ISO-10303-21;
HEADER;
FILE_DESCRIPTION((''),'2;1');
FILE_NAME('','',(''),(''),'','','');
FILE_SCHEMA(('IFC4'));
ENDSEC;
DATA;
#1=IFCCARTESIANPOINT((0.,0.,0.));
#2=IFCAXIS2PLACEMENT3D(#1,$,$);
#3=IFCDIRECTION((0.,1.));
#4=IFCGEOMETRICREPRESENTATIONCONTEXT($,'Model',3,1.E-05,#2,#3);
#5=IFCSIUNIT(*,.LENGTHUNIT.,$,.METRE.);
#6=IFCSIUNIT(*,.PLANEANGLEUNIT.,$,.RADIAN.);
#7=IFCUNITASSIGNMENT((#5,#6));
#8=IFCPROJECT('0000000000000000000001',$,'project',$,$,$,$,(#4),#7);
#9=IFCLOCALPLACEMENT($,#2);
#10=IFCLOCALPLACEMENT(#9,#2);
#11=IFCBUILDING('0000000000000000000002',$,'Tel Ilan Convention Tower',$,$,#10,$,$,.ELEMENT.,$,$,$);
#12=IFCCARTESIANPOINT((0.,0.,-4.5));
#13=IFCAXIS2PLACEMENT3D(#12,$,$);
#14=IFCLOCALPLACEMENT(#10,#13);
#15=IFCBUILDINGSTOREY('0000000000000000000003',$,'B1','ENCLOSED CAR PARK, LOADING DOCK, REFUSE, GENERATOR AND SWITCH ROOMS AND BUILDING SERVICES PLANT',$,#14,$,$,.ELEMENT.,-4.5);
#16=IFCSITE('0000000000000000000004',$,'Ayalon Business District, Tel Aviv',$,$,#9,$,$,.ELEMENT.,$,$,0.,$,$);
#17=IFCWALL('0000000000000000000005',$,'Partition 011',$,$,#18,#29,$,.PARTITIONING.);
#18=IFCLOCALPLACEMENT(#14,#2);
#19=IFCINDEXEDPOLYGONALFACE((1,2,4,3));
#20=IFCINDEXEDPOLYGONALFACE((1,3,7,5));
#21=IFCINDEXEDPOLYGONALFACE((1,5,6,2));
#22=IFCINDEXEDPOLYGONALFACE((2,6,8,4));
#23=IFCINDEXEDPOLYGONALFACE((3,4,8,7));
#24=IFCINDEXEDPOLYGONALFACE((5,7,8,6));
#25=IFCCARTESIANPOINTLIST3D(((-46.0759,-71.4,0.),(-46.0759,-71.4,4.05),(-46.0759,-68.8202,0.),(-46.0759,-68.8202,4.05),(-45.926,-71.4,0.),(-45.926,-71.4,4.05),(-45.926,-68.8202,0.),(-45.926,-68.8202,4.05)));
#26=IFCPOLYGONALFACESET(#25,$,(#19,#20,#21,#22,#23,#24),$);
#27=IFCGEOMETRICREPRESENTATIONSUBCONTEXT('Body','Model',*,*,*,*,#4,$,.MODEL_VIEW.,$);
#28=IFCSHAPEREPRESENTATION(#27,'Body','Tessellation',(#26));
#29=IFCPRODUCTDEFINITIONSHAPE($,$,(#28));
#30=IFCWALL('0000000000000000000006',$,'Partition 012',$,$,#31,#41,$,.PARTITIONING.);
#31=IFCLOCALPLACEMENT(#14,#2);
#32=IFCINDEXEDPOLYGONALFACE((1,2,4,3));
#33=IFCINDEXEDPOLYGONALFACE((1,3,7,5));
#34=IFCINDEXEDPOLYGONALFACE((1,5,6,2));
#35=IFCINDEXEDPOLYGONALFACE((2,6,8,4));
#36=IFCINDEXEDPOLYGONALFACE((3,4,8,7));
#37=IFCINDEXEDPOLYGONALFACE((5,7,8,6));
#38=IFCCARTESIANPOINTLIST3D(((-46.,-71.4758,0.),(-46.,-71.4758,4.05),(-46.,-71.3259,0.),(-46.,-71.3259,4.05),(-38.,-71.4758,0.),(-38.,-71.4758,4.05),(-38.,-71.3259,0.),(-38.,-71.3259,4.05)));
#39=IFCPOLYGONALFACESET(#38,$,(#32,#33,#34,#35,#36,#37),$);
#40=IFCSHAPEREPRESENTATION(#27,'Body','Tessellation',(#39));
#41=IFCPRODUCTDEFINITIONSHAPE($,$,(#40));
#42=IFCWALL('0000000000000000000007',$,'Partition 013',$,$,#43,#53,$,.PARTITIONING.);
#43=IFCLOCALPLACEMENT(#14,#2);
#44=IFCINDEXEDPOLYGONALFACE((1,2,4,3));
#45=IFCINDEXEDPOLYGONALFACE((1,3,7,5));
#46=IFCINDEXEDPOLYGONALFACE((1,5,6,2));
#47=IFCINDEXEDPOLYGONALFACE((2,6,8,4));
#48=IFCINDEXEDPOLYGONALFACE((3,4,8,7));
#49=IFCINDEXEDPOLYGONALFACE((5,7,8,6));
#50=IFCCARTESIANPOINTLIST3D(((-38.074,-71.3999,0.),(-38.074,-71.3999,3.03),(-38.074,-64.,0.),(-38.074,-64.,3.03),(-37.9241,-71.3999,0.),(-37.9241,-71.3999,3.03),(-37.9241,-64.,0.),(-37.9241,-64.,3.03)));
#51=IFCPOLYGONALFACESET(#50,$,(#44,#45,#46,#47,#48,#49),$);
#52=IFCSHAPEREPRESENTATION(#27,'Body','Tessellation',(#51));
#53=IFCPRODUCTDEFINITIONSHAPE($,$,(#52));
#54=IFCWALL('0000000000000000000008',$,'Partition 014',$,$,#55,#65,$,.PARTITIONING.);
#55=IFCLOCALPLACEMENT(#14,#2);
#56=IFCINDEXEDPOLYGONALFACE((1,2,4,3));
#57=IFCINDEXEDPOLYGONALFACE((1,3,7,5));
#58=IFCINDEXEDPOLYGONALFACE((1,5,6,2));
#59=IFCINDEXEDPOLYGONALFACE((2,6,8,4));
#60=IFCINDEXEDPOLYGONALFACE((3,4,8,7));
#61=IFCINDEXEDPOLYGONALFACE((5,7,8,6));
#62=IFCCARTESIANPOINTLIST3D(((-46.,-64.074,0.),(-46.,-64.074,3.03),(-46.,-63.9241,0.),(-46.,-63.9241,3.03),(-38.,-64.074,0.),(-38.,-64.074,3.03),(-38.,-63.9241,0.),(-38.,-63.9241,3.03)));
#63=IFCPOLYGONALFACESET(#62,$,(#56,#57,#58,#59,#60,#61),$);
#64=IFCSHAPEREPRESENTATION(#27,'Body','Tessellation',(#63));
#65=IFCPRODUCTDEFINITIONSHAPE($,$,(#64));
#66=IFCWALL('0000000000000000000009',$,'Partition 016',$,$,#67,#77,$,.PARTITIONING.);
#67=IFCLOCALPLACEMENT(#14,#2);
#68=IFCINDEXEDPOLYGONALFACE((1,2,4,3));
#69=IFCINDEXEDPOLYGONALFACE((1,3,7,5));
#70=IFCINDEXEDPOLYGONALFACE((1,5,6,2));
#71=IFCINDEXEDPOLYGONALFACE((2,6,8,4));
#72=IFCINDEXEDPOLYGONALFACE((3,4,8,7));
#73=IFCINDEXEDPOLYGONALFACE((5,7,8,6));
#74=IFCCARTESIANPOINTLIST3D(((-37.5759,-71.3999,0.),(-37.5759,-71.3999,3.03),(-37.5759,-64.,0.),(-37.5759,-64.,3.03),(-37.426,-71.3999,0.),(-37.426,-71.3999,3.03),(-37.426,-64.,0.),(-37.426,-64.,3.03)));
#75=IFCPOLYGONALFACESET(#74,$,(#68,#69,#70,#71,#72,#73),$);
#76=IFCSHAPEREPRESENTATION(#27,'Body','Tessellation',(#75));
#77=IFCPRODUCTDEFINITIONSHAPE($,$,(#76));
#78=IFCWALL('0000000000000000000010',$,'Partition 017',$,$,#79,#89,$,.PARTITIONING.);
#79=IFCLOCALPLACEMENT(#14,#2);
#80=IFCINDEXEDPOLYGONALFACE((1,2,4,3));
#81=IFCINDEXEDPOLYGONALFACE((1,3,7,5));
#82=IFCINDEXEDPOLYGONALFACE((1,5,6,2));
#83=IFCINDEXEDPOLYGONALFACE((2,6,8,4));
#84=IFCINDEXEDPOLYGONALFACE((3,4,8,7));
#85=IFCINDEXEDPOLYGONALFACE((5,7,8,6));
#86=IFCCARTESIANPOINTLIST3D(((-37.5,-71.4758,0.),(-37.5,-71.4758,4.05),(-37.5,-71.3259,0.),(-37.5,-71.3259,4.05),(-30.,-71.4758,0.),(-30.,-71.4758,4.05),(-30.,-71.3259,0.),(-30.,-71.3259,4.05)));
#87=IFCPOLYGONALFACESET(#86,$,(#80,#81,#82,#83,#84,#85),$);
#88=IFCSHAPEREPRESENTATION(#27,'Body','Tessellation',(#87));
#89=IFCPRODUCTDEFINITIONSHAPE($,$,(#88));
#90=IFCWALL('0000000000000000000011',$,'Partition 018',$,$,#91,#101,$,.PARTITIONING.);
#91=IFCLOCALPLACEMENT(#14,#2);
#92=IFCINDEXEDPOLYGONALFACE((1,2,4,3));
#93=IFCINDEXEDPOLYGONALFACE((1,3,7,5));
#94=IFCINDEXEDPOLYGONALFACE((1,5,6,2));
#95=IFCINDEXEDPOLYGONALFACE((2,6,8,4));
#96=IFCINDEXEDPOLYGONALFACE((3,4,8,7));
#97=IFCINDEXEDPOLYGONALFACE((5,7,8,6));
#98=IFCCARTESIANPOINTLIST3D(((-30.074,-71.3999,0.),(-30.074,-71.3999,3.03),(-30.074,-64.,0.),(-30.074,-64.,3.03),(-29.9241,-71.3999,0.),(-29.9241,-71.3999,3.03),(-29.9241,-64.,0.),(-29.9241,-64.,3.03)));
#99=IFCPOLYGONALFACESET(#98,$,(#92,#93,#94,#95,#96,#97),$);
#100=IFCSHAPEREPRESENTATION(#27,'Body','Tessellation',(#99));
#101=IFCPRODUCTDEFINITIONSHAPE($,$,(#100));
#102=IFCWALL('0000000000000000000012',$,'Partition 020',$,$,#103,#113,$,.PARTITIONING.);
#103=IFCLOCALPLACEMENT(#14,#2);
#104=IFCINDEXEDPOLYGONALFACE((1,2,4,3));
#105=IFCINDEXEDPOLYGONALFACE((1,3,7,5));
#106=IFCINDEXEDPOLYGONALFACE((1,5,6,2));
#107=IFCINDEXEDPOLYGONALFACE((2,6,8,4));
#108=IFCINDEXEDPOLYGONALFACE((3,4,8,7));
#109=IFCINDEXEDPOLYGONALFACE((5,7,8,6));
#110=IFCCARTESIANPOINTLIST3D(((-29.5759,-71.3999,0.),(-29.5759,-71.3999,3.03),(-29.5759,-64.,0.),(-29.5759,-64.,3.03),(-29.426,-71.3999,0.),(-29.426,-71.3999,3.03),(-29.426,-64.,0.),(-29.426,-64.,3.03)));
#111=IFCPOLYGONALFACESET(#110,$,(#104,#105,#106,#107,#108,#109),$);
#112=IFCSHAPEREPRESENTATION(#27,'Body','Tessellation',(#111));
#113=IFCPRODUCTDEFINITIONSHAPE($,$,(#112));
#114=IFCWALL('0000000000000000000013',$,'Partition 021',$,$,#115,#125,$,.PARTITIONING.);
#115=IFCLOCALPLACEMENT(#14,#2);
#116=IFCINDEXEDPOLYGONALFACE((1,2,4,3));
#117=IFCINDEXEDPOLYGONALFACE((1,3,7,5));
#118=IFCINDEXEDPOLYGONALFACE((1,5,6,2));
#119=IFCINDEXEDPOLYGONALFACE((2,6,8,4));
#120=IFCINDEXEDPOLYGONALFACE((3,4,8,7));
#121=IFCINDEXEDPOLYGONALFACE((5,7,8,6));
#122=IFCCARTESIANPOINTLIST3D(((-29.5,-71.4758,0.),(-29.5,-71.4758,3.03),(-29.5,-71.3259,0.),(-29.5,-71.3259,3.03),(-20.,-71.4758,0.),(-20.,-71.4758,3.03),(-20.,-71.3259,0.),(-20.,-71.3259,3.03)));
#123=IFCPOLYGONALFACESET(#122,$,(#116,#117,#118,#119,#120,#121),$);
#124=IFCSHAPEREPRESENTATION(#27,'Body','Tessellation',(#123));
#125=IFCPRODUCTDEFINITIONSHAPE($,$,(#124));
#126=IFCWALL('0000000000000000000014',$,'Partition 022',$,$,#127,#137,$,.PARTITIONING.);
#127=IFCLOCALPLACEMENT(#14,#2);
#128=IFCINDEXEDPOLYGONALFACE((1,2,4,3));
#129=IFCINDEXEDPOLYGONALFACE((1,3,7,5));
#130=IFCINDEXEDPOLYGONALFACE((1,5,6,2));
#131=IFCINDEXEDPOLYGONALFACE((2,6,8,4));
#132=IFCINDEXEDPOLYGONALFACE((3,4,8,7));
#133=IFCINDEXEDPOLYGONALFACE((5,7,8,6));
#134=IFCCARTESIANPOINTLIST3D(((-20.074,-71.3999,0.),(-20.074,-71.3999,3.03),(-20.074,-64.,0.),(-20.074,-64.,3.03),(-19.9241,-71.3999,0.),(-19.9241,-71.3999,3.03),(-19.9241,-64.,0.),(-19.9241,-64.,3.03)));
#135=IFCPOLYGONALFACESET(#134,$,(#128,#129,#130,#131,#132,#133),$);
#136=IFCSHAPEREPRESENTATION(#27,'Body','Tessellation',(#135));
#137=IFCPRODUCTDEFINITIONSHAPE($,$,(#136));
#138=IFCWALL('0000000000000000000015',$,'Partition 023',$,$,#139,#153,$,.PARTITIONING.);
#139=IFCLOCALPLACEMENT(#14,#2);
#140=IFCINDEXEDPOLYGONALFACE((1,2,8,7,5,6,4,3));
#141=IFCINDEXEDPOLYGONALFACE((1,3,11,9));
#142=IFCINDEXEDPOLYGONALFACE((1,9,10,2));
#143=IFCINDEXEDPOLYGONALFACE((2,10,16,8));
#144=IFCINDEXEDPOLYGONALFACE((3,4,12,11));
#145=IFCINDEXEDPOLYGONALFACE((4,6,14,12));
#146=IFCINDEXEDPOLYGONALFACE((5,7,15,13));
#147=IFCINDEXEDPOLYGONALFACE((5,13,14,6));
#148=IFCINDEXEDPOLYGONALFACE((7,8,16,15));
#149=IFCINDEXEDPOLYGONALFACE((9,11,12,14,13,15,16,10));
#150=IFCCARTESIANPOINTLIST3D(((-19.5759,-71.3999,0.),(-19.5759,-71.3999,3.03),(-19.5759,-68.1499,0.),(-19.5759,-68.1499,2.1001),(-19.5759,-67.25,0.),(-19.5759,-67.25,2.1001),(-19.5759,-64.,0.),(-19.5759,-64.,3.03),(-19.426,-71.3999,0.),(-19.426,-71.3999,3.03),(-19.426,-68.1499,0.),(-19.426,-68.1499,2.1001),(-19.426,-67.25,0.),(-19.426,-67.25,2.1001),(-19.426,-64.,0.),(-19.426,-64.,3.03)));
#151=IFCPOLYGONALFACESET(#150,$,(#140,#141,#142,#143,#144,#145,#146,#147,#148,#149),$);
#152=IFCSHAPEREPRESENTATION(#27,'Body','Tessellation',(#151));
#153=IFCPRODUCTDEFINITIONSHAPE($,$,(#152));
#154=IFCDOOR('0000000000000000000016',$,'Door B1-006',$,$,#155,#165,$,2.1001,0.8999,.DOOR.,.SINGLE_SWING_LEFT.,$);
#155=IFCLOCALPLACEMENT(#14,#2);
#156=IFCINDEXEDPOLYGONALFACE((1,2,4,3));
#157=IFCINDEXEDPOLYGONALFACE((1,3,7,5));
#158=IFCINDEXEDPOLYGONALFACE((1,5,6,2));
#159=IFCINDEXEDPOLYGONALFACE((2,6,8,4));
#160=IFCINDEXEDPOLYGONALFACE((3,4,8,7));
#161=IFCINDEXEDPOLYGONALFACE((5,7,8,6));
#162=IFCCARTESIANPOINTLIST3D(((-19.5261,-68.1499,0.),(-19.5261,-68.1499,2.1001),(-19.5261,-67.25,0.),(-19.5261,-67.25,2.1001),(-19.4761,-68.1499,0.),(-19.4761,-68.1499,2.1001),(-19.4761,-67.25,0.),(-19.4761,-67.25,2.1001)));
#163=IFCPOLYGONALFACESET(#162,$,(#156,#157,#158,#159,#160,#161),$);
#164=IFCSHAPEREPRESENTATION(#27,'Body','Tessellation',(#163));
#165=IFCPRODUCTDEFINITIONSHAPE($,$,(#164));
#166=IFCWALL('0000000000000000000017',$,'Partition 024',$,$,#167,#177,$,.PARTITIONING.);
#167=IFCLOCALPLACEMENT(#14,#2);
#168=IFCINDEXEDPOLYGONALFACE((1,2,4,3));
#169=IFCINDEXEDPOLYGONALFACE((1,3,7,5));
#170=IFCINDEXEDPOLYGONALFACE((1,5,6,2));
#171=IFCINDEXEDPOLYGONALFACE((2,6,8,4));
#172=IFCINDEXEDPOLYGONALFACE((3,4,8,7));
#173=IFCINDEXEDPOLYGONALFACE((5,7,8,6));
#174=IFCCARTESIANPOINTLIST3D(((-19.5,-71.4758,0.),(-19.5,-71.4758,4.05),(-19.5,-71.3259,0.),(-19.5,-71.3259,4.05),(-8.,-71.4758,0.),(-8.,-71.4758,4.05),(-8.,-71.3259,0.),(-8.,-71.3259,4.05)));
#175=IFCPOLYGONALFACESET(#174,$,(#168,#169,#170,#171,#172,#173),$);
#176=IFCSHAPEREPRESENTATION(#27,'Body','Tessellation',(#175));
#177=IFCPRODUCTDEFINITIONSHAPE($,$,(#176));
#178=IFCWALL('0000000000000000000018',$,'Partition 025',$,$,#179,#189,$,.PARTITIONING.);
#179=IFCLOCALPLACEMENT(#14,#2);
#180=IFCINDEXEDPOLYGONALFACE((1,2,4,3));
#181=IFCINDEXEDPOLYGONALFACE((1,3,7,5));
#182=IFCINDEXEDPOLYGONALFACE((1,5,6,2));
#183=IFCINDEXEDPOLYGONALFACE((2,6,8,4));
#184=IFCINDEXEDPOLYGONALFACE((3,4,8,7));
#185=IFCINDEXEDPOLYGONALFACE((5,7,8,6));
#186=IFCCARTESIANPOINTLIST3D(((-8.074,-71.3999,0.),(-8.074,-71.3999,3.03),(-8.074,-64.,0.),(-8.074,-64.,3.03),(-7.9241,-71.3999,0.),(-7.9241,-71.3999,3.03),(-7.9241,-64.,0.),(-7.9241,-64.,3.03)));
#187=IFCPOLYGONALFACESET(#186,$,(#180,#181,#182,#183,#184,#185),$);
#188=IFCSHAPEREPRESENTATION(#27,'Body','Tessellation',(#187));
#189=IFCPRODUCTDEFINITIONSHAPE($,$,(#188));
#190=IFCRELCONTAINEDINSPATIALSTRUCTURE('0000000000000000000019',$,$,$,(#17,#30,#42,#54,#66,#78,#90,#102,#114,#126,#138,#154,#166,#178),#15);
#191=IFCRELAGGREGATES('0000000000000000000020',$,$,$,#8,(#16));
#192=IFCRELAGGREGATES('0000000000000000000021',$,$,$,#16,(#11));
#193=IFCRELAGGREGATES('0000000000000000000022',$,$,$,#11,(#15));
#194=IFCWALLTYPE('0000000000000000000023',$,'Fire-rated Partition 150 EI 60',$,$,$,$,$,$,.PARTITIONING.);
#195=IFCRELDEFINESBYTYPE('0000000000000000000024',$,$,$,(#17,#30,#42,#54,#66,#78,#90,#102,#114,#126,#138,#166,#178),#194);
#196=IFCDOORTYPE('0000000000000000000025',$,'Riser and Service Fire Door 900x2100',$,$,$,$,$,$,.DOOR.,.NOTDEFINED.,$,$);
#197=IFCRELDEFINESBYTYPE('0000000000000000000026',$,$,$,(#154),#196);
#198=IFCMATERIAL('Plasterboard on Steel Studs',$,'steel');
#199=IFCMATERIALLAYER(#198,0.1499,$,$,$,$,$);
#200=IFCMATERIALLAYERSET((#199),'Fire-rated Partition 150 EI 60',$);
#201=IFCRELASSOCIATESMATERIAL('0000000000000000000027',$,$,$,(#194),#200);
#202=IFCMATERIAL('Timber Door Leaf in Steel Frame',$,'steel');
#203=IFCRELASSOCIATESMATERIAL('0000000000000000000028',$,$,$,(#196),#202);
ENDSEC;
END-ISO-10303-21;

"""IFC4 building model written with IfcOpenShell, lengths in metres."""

from ifc_helpers import new_model, si_unit, direction, frame, frame_2d, origin, place, context, subcontext, project, spatial, rectangle, extrude, material, layer, layer_set, type_object, element, fill, save


model = new_model("IFC4")

# Units and contexts
model_context = context("Model", 3, precision=1e-05, world=origin(), true_north=direction((0.0, 1.0)))
body_context = subcontext(model_context, "Body", "Model", "MODEL_VIEW")
ifc_project = project(units=[si_unit("LENGTHUNIT", "METRE"), si_unit("PLANEANGLEUNIT", "RADIAN")], contexts=[model_context])

# Site, building, storey
site_placement = place(None, origin())
site = spatial("IfcSite", under=ifc_project, at=site_placement, Name="Ayalon Business District, Tel Aviv", CompositionType="ELEMENT", RefElevation=0.0)
building_placement = place(site_placement, origin())
building = spatial("IfcBuilding", under=site, at=building_placement, Name="Tel Ilan Convention Tower", CompositionType="ELEMENT")
storey_placement = place(building_placement, frame((0.0, 0.0, -4.5)))
storey = spatial("IfcBuildingStorey", under=building, at=storey_placement, Name="B1", Description="ENCLOSED CAR PARK, LOADING DOCK, REFUSE, GENERATOR AND SWITCH ROOMS AND BUILDING SERVICES PLANT", CompositionType="ELEMENT", Elevation=-4.5)

# Shared definitions
ifc_material_1 = material(Name="Plasterboard on Steel Studs", Category="steel")
ifc_layer_1 = layer(ifc_material_1, 0.1499)
ifc_layer_set_1 = layer_set([ifc_layer_1], Name="Fire-rated Partition 150 EI 60")
wall_type_1 = type_object("IfcWallType", Name="Fire-rated Partition 150 EI 60", PredefinedType="PARTITIONING", material=ifc_layer_set_1)

# Walls
wall_1_placement = place(storey_placement, frame((-46.001, -68.8201, 0.0), z_axis=(0.0, 0.0, 1.0), x_axis=(0.0, -1.0, 0.0)))
element("IfcWall", 1, at=wall_1_placement, inside=storey, type_object=wall_type_1, Name="Partition 011", PredefinedType="PARTITIONING", context=body_context, shape_type="SweptSolid", body=[
    extrude(rectangle(XDim=2.5798, YDim=0.1499, at=frame_2d((1.29, 0.0))), origin(), (0.0, 0.0, 1.0), 4.05),
])
wall_2_placement = place(storey_placement, frame((-46.0, -71.4009, 0.0), z_axis=(0.0, 0.0, 1.0), x_axis=(1.0, 0.0, 0.0)))
element("IfcWall", 2, at=wall_2_placement, inside=storey, type_object=wall_type_1, Name="Partition 012", PredefinedType="PARTITIONING", context=body_context, shape_type="SweptSolid", body=[
    extrude(rectangle(XDim=8.0, YDim=0.1499, at=frame_2d((4.0, 0.0))), origin(), (0.0, 0.0, 1.0), 4.05),
])
wall_3_placement = place(storey_placement, frame((-37.999, -71.3999, 0.0), z_axis=(0.0, 0.0, 1.0), x_axis=(0.0, 1.0, 0.0)))
element("IfcWall", 3, at=wall_3_placement, inside=storey, type_object=wall_type_1, Name="Partition 013", PredefinedType="PARTITIONING", context=body_context, shape_type="SweptSolid", body=[
    extrude(rectangle(XDim=7.3999, YDim=0.1499, at=frame_2d((3.7, 0.0))), origin(), (0.0, 0.0, 1.0), 3.03),
])
wall_4_placement = place(storey_placement, frame((-38.0, -63.999, 0.0), z_axis=(0.0, 0.0, 1.0), x_axis=(-1.0, 0.0, 0.0)))
element("IfcWall", 4, at=wall_4_placement, inside=storey, type_object=wall_type_1, Name="Partition 014", PredefinedType="PARTITIONING", context=body_context, shape_type="SweptSolid", body=[
    extrude(rectangle(XDim=8.0, YDim=0.1499, at=frame_2d((4.0, 0.0))), origin(), (0.0, 0.0, 1.0), 3.03),
])
wall_5_placement = place(storey_placement, frame((-37.501, -64.0, 0.0), z_axis=(0.0, 0.0, 1.0), x_axis=(0.0, -1.0, 0.0)))
element("IfcWall", 5, at=wall_5_placement, inside=storey, type_object=wall_type_1, Name="Partition 016", PredefinedType="PARTITIONING", context=body_context, shape_type="SweptSolid", body=[
    extrude(rectangle(XDim=7.3999, YDim=0.1499, at=frame_2d((3.7, 0.0))), origin(), (0.0, 0.0, 1.0), 3.03),
])
wall_6_placement = place(storey_placement, frame((-37.5, -71.4009, 0.0), z_axis=(0.0, 0.0, 1.0), x_axis=(1.0, 0.0, 0.0)))
element("IfcWall", 6, at=wall_6_placement, inside=storey, type_object=wall_type_1, Name="Partition 017", PredefinedType="PARTITIONING", context=body_context, shape_type="SweptSolid", body=[
    extrude(rectangle(XDim=7.5, YDim=0.1499, at=frame_2d((3.75, 0.0))), origin(), (0.0, 0.0, 1.0), 4.05),
])
for number, where, z_axis, x_axis, name in (
    (7, (-29.999, -71.3999, 0.0), (0.0, 0.0, 1.0), (0.0, 1.0, 0.0), "Partition 018"),
    (8, (-29.501, -64.0, 0.0), (0.0, 0.0, 1.0), (0.0, -1.0, 0.0), "Partition 020"),
):
    element("IfcWall", number, at=place(storey_placement, frame(where, z_axis=z_axis, x_axis=x_axis)), inside=storey, type_object=wall_type_1, Name=name, PredefinedType="PARTITIONING", context=body_context, shape_type="SweptSolid", body=[
        extrude(rectangle(XDim=7.3999, YDim=0.1499, at=frame_2d((3.7, 0.0))), origin(), (0.0, 0.0, 1.0), 3.03),
    ])
wall_7_placement = place(storey_placement, frame((-29.5, -71.4009, 0.0), z_axis=(0.0, 0.0, 1.0), x_axis=(1.0, 0.0, 0.0)))
element("IfcWall", 9, at=wall_7_placement, inside=storey, type_object=wall_type_1, Name="Partition 021", PredefinedType="PARTITIONING", context=body_context, shape_type="SweptSolid", body=[
    extrude(rectangle(XDim=9.5, YDim=0.1499, at=frame_2d((4.75, 0.0))), origin(), (0.0, 0.0, 1.0), 3.03),
])
wall_8_placement = place(storey_placement, frame((-19.999, -71.3999, 0.0), z_axis=(0.0, 0.0, 1.0), x_axis=(0.0, 1.0, 0.0)))
element("IfcWall", 10, at=wall_8_placement, inside=storey, type_object=wall_type_1, Name="Partition 022", PredefinedType="PARTITIONING", context=body_context, shape_type="SweptSolid", body=[
    extrude(rectangle(XDim=7.3999, YDim=0.1499, at=frame_2d((3.7, 0.0))), origin(), (0.0, 0.0, 1.0), 3.03),
])

# Wall, opening, door
wall_9_placement = place(storey_placement, frame((-19.501, -64.0, 0.0), z_axis=(0.0, 0.0, 1.0), x_axis=(0.0, -1.0, 0.0)))
wall_9 = element("IfcWall", 11, at=wall_9_placement, inside=storey, type_object=wall_type_1, Name="Partition 023", PredefinedType="PARTITIONING", context=body_context, shape_type="SweptSolid", body=[
    extrude(rectangle(XDim=7.3999, YDim=0.1499, at=frame_2d((3.7, 0.0))), origin(), (0.0, 0.0, 1.0), 3.03),
])
opening_1_placement = place(wall_9_placement, frame((3.25, 0.0, 0.0)))
opening_1 = element("IfcOpeningElement", 12, at=opening_1_placement, cuts=wall_9, PredefinedType="OPENING", context=body_context, shape_type="SweptSolid", body=[
    extrude(rectangle(XDim=0.8999, YDim=2.1001, at=frame_2d((0.45, 1.05))), frame((0.0, 0.085, 0.0), z_axis=(0.0, -1.0, 0.0), x_axis=(1.0, 0.0, 0.0)), (0.0, 0.0, 1.0), 0.1699),
])
ifc_material_2 = material(Name="Timber Door Leaf in Steel Frame", Category="steel")
door_type_1 = type_object("IfcDoorType", Name="Riser and Service Fire Door 900x2100", OperationType="NOTDEFINED", PredefinedType="DOOR", material=ifc_material_2)
door_1_placement = place(opening_1_placement, origin())
door_1 = element("IfcDoor", 13, at=door_1_placement, inside=storey, type_object=door_type_1, Name="Door B1-006", OperationType="SINGLE_SWING_LEFT", OverallHeight=2.1001, OverallWidth=0.8999, PredefinedType="DOOR", context=body_context, shape_type="SweptSolid", body=[
    extrude(rectangle(XDim=0.8999, YDim=2.1001, at=frame_2d((0.45, 1.05))), frame((0.0, 0.0249, 0.0), z_axis=(0.0, -1.0, 0.0), x_axis=(1.0, 0.0, 0.0)), (0.0, 0.0, 1.0), 0.05),
])
fill(opening_1, door_1)

# Walls
wall_10_placement = place(storey_placement, frame((-19.5, -71.4009, 0.0), z_axis=(0.0, 0.0, 1.0), x_axis=(1.0, 0.0, 0.0)))
element("IfcWall", 14, at=wall_10_placement, inside=storey, type_object=wall_type_1, Name="Partition 024", PredefinedType="PARTITIONING", context=body_context, shape_type="SweptSolid", body=[
    extrude(rectangle(XDim=11.5, YDim=0.1499, at=frame_2d((5.75, 0.0))), origin(), (0.0, 0.0, 1.0), 4.05),
])
wall_11_placement = place(storey_placement, frame((-7.999, -71.3999, 0.0), z_axis=(0.0, 0.0, 1.0), x_axis=(0.0, 1.0, 0.0)))
element("IfcWall", 15, at=wall_11_placement, inside=storey, type_object=wall_type_1, Name="Partition 025", PredefinedType="PARTITIONING", context=body_context, shape_type="SweptSolid", body=[
    extrude(rectangle(XDim=7.3999, YDim=0.1499, at=frame_2d((3.7, 0.0))), origin(), (0.0, 0.0, 1.0), 3.03),
])

save(model, "model.ifc")
